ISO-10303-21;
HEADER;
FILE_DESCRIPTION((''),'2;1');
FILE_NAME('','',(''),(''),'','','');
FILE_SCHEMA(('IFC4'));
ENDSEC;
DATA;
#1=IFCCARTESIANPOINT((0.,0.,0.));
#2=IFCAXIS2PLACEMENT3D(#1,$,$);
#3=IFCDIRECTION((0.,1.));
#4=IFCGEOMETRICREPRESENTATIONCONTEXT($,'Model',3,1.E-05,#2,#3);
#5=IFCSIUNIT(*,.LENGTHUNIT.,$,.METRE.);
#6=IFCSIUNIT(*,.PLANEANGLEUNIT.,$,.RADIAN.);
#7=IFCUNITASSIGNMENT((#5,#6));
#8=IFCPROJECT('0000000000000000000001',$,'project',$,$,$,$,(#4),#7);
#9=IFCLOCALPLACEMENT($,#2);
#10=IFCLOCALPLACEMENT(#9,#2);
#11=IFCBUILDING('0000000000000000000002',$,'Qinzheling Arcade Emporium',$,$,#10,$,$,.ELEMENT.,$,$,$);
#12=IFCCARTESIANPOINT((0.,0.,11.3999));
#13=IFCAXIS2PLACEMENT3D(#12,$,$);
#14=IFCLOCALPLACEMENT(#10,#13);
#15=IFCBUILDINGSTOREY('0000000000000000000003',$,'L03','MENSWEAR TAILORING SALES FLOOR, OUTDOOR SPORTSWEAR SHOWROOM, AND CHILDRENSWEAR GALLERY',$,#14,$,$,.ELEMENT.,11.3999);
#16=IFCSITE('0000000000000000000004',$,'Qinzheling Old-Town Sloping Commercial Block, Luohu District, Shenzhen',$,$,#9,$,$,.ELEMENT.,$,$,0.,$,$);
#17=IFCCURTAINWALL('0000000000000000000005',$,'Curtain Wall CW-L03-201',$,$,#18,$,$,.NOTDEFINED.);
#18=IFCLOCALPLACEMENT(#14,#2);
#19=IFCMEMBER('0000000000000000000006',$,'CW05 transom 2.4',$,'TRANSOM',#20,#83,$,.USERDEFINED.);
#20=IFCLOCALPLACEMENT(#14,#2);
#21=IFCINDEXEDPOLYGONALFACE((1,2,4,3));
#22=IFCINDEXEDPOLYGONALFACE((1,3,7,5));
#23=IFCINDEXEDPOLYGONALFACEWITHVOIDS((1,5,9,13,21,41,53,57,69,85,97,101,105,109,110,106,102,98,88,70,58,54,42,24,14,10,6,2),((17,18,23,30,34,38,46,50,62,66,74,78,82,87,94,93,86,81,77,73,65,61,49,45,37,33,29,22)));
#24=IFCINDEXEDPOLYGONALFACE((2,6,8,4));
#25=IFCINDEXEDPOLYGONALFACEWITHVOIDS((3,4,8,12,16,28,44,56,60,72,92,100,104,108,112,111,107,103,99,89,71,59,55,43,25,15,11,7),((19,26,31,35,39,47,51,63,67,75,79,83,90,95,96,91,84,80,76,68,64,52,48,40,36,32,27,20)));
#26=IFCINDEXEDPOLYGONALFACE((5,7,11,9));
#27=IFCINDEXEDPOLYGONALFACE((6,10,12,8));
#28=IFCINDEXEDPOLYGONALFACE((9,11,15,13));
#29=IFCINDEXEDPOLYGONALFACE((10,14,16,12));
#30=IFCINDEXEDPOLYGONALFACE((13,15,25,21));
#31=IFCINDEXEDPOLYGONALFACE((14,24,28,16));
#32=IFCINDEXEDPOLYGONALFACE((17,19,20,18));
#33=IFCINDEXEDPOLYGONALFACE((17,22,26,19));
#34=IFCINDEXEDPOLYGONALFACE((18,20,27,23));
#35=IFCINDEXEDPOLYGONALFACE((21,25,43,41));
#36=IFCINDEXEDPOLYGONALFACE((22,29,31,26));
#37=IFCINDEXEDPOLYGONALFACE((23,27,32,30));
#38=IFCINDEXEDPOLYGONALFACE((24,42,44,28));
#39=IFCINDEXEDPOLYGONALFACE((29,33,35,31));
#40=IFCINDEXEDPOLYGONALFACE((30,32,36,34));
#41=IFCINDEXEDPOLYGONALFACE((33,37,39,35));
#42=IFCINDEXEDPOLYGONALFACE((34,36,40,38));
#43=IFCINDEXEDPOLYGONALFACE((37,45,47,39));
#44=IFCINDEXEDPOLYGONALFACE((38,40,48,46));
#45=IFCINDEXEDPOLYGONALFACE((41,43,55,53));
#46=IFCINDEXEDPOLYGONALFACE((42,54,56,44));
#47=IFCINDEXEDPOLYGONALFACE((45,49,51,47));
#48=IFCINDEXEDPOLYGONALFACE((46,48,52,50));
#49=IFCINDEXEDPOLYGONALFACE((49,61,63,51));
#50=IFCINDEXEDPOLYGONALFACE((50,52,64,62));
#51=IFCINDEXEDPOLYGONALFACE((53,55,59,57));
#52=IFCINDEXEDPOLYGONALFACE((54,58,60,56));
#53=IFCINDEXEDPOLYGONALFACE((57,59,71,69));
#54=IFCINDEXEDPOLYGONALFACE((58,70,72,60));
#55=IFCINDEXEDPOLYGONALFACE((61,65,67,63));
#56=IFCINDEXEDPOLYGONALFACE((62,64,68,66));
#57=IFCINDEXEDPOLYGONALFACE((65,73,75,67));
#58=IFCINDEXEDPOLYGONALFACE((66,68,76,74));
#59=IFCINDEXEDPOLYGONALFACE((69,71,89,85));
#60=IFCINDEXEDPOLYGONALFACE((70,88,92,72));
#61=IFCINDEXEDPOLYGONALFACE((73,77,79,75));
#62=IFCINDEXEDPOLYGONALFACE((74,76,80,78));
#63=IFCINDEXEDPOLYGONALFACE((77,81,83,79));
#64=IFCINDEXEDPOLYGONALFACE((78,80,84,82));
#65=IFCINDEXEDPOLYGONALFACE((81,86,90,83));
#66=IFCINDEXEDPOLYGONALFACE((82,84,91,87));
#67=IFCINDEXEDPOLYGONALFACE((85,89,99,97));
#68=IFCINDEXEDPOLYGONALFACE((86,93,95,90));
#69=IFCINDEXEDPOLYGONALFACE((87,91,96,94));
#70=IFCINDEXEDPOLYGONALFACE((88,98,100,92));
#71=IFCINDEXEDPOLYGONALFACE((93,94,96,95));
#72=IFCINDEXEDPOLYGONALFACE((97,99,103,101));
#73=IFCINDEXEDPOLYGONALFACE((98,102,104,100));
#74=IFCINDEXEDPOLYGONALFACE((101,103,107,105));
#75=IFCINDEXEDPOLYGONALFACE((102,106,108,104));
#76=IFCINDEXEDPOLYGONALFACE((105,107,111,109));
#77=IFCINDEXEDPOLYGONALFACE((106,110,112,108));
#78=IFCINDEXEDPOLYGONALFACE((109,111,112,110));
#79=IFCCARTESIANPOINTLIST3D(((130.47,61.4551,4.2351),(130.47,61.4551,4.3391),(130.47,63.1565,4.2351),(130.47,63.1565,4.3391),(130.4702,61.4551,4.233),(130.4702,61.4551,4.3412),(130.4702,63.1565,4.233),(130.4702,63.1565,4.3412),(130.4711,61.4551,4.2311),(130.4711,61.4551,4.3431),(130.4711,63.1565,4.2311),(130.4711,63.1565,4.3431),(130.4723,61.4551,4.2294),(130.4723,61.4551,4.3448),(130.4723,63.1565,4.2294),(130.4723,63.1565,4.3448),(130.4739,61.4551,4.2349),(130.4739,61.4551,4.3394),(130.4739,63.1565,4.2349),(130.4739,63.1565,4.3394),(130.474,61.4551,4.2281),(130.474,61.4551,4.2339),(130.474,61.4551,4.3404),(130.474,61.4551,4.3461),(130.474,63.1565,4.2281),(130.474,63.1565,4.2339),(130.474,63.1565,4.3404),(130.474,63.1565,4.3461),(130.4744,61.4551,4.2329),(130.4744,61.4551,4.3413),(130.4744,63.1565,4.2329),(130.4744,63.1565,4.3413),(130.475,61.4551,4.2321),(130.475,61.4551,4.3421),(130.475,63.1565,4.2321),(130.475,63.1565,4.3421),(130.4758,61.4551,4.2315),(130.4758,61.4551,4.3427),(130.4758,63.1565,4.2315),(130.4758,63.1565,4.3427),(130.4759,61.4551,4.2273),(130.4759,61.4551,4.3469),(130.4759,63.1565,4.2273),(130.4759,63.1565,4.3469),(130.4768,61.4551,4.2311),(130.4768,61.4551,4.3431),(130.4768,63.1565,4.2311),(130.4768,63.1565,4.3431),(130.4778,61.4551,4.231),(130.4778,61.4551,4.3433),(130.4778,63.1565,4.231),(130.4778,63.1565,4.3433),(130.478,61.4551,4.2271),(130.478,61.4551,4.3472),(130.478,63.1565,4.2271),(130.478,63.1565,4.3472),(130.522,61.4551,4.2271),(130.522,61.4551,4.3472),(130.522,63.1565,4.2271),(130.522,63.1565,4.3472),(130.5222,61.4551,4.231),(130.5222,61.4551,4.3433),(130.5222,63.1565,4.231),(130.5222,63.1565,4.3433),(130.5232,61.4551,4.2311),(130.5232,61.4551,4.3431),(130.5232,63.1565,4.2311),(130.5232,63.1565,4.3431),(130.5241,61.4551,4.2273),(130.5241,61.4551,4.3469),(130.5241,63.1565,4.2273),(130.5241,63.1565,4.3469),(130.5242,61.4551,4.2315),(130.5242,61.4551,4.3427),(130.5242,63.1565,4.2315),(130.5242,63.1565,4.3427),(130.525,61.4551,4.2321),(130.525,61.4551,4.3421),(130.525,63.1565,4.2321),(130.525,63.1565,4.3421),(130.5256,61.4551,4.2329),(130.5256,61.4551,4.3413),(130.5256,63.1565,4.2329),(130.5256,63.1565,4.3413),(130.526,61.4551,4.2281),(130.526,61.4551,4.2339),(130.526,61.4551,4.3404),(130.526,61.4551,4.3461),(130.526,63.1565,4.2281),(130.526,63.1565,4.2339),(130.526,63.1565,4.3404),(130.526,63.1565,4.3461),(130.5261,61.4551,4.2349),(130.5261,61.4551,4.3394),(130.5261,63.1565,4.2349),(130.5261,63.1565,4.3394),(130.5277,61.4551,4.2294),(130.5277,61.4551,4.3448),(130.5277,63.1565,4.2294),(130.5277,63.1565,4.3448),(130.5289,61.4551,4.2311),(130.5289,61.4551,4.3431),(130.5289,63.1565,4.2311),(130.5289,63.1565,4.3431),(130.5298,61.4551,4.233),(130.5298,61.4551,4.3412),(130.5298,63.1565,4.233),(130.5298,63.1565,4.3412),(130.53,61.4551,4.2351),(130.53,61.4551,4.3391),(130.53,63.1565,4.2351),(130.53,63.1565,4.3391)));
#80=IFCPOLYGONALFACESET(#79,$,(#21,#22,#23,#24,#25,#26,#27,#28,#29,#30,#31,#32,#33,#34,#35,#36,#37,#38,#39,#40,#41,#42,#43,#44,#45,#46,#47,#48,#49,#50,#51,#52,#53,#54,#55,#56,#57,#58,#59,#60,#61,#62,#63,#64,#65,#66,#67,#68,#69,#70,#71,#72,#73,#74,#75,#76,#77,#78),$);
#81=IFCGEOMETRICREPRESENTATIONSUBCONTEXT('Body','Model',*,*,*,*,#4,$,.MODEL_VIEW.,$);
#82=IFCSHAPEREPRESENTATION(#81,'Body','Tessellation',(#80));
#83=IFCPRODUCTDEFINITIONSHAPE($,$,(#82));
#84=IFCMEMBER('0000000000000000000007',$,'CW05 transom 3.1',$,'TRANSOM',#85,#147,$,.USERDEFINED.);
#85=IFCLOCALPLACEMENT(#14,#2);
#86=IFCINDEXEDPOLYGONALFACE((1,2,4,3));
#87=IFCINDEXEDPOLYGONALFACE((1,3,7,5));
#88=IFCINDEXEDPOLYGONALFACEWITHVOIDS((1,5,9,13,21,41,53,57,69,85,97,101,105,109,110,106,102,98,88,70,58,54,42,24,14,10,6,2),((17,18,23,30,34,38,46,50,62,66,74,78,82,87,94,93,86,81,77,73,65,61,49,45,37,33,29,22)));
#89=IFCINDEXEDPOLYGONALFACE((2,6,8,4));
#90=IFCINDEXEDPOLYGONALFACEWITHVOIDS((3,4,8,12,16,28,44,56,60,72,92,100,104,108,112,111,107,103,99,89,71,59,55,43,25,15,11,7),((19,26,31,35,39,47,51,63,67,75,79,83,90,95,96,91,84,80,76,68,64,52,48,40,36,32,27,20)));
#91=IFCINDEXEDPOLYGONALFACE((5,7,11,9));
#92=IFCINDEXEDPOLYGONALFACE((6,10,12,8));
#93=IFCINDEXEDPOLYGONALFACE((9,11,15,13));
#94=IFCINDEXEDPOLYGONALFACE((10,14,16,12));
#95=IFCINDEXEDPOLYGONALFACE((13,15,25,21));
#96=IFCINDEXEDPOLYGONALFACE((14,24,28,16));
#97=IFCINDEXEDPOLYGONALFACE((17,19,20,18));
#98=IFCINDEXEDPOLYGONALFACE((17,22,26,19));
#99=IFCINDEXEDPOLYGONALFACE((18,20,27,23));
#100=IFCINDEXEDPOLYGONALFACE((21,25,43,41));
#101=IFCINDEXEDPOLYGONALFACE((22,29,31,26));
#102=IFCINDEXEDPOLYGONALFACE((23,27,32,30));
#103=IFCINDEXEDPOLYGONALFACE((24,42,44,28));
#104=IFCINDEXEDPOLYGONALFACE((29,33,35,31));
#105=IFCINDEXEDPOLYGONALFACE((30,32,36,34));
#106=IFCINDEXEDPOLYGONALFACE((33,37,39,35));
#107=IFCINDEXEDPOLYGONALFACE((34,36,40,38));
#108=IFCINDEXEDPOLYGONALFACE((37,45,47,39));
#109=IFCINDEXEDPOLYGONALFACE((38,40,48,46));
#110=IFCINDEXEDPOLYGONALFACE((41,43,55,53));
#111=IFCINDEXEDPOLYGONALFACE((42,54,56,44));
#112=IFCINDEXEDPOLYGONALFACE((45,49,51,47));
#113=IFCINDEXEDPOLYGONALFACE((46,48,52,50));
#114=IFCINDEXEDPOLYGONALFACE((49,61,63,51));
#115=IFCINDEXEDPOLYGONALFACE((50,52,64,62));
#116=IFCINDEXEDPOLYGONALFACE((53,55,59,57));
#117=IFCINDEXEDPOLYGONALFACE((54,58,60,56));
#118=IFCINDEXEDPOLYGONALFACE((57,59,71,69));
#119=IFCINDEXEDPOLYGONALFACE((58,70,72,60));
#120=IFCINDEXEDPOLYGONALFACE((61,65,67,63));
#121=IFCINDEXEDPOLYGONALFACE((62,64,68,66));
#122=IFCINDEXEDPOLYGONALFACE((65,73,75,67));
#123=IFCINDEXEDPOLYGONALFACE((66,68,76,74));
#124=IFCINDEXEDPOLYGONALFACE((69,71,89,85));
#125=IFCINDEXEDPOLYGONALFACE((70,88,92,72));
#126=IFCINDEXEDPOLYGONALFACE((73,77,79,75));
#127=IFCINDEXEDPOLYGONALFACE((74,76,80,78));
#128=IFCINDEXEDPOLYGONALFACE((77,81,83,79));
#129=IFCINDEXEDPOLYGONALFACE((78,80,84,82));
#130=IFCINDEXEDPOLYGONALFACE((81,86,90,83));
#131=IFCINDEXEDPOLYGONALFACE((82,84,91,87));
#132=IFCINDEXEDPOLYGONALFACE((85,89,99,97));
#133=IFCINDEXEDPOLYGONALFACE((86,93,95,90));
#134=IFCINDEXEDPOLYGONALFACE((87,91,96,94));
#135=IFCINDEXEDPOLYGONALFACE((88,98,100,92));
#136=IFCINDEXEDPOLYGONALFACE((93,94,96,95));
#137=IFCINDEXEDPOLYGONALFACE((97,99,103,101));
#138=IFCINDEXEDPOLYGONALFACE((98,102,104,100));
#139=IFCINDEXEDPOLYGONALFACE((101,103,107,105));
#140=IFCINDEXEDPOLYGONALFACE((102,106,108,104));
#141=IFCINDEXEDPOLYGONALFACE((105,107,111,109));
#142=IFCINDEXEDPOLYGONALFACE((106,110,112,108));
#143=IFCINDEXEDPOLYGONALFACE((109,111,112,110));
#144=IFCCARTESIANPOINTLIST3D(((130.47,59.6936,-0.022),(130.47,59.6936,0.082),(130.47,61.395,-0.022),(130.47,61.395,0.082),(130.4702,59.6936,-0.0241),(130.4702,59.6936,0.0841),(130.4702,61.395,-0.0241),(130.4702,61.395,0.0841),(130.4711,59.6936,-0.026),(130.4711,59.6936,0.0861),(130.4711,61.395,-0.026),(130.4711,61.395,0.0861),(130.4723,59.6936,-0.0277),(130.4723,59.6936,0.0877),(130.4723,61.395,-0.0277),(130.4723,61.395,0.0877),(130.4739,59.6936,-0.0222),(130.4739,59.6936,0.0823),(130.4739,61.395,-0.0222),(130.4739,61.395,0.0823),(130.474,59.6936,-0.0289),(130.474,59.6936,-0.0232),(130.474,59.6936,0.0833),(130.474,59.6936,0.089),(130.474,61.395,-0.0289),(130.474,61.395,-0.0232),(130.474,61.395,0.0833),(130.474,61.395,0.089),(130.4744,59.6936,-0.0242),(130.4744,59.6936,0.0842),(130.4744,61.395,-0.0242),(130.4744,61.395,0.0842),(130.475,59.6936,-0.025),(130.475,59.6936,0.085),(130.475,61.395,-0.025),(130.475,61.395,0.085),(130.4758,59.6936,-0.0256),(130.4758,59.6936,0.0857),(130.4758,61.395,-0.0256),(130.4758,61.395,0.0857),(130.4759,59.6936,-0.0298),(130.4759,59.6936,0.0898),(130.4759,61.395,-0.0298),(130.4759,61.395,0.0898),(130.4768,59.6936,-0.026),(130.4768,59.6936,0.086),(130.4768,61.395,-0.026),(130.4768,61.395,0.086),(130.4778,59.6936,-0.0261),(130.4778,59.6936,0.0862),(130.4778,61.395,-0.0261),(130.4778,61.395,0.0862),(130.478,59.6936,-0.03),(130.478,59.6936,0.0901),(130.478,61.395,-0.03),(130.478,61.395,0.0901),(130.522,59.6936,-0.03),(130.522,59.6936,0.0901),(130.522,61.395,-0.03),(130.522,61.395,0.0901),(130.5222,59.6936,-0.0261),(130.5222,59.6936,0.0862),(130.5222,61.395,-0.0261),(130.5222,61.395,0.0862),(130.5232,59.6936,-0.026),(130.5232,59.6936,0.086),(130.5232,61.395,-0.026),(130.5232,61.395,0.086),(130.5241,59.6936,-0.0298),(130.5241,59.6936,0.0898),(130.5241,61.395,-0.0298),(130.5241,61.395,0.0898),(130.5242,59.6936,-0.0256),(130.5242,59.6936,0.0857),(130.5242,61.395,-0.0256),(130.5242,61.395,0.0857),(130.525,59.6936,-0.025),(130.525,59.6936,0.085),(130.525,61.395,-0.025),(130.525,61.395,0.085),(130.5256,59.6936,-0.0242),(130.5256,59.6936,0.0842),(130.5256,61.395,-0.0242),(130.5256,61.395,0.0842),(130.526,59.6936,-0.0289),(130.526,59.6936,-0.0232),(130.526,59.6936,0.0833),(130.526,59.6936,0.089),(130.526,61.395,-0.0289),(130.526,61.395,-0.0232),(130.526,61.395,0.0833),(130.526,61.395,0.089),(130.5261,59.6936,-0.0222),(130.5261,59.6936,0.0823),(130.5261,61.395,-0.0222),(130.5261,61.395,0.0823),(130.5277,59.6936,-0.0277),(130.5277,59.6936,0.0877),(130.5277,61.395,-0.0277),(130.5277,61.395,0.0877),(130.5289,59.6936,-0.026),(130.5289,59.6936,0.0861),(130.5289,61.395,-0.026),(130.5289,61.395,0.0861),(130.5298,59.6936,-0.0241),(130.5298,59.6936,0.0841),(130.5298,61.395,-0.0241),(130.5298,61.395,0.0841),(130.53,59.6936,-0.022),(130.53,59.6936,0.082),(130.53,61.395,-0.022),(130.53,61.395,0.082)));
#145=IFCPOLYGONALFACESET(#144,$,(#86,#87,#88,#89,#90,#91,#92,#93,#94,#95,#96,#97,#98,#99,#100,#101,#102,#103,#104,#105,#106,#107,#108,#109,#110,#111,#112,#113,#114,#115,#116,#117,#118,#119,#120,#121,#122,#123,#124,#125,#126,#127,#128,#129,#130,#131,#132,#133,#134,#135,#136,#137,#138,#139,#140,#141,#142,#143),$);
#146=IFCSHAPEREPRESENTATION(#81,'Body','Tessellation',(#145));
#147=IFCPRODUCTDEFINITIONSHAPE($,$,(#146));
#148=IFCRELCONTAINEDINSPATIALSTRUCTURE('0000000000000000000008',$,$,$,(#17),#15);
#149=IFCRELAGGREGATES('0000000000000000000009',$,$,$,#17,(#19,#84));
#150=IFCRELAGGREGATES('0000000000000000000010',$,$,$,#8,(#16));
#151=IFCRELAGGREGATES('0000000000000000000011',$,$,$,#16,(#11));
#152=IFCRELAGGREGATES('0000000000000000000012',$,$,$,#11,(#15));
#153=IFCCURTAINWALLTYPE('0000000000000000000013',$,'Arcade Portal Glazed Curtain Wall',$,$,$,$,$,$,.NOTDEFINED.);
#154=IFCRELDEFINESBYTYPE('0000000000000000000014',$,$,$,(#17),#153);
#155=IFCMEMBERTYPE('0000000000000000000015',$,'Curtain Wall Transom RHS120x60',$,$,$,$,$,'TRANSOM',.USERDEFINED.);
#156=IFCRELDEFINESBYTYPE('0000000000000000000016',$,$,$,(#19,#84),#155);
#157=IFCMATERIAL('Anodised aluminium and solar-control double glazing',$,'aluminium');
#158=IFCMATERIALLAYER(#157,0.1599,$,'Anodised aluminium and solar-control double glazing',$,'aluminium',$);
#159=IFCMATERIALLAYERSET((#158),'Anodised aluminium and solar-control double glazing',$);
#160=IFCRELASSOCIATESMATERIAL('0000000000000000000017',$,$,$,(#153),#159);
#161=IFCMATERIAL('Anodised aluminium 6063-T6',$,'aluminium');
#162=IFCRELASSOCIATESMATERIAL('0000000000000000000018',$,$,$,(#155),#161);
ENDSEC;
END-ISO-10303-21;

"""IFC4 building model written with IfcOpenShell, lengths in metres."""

from ifc_helpers import new_model, si_unit, direction, frame, origin, origin_2d, place, context, subcontext, project, spatial, hollow_rectangle, extrude, material, layer, layer_set, material_profile, profile_set, type_object, element, aggregate, save


model = new_model("IFC4")

# Units and contexts
model_context = context("Model", 3, precision=1e-05, world=origin(), true_north=direction((0.0, 1.0)))
body_context = subcontext(model_context, "Body", "Model", "MODEL_VIEW")
ifc_project = project(units=[si_unit("LENGTHUNIT", "METRE"), si_unit("PLANEANGLEUNIT", "RADIAN")], contexts=[model_context])

# Site, building, storey
site_placement = place(None, origin())
site = spatial("IfcSite", under=ifc_project, at=site_placement, Name="Qinzheling Old-Town Sloping Commercial Block, Luohu District, Shenzhen", CompositionType="ELEMENT", RefElevation=0.0)
building_placement = place(site_placement, origin())
building = spatial("IfcBuilding", under=site, at=building_placement, Name="Qinzheling Arcade Emporium", CompositionType="ELEMENT")
storey_placement = place(building_placement, frame((0.0, 0.0, 11.3999)))
storey = spatial("IfcBuildingStorey", under=building, at=storey_placement, Name="L03", Description="MENSWEAR TAILORING SALES FLOOR, OUTDOOR SPORTSWEAR SHOWROOM, AND CHILDRENSWEAR GALLERY", CompositionType="ELEMENT", Elevation=11.3999)

# Shared definitions
ifc_material_1 = material(Name="Anodised aluminium and solar-control double glazing", Category="aluminium")
ifc_layer_1 = layer(ifc_material_1, 0.1599, Name="Anodised aluminium and solar-control double glazing", Category="aluminium")
ifc_layer_set_1 = layer_set([ifc_layer_1], Name="Anodised aluminium and solar-control double glazing")
curtain_wall_type = type_object("IfcCurtainWallType", Name="Arcade Portal Glazed Curtain Wall", PredefinedType="NOTDEFINED", material=ifc_layer_set_1)
ifc_material_2 = material(Name="Anodised aluminium 6063-T6", Category="aluminium")

# Curtain wall
curtain_wall_1_placement = place(storey_placement, origin())
curtain_wall_1 = element("IfcCurtainWall", 1, at=curtain_wall_1_placement, inside=storey, type_object=curtain_wall_type, Name="Curtain Wall CW-L03-201", PredefinedType="NOTDEFINED")

# Members
ifc_material_profile_1 = material_profile(ifc_material_2, hollow_rectangle(XDim=0.0601, YDim=0.1201, WallThickness=0.0039, InnerFilletRadius=0.0039, OuterFilletRadius=0.0081, at=origin_2d()), Name="RHS 120x60x4", Category="aluminium")
ifc_profile_set_1 = profile_set([ifc_material_profile_1], Name="Anodised aluminium 6063-T6")
member_type_1 = type_object("IfcMemberType", Name="Curtain Wall Transom RHS120x60", ElementType="TRANSOM", PredefinedType="USERDEFINED", material=ifc_profile_set_1)
member_1_placement = place(storey_placement, frame((130.5, 63.1565, 4.2871), z_axis=(0.0, -1.0, 0.0), x_axis=(1.0, 0.0, 0.0)))
member_1 = element("IfcMember", 2, at=member_1_placement, type_object=member_type_1, Name="CW05 transom 2.4", ObjectType="TRANSOM", PredefinedType="USERDEFINED", context=body_context, shape_type="SweptSolid", body=[
    extrude(hollow_rectangle(XDim=0.0601, YDim=0.1201, WallThickness=0.0039, InnerFilletRadius=0.0039, OuterFilletRadius=0.0081, at=origin_2d()), origin(), (0.0, 0.0, 1.0), 1.7014),
])
member_2_placement = place(storey_placement, frame((130.5, 61.395, 0.03), z_axis=(0.0, -1.0, 0.0), x_axis=(1.0, 0.0, 0.0)))
member_2 = element("IfcMember", 3, at=member_2_placement, type_object=member_type_1, Name="CW05 transom 3.1", ObjectType="TRANSOM", PredefinedType="USERDEFINED", context=body_context, shape_type="SweptSolid", body=[
    extrude(hollow_rectangle(XDim=0.0601, YDim=0.1201, WallThickness=0.0039, InnerFilletRadius=0.0039, OuterFilletRadius=0.0081, at=origin_2d()), origin(), (0.0, 0.0, 1.0), 1.7014),
])

aggregate(curtain_wall_1, [member_1, member_2])

save(model, "model.ifc")
